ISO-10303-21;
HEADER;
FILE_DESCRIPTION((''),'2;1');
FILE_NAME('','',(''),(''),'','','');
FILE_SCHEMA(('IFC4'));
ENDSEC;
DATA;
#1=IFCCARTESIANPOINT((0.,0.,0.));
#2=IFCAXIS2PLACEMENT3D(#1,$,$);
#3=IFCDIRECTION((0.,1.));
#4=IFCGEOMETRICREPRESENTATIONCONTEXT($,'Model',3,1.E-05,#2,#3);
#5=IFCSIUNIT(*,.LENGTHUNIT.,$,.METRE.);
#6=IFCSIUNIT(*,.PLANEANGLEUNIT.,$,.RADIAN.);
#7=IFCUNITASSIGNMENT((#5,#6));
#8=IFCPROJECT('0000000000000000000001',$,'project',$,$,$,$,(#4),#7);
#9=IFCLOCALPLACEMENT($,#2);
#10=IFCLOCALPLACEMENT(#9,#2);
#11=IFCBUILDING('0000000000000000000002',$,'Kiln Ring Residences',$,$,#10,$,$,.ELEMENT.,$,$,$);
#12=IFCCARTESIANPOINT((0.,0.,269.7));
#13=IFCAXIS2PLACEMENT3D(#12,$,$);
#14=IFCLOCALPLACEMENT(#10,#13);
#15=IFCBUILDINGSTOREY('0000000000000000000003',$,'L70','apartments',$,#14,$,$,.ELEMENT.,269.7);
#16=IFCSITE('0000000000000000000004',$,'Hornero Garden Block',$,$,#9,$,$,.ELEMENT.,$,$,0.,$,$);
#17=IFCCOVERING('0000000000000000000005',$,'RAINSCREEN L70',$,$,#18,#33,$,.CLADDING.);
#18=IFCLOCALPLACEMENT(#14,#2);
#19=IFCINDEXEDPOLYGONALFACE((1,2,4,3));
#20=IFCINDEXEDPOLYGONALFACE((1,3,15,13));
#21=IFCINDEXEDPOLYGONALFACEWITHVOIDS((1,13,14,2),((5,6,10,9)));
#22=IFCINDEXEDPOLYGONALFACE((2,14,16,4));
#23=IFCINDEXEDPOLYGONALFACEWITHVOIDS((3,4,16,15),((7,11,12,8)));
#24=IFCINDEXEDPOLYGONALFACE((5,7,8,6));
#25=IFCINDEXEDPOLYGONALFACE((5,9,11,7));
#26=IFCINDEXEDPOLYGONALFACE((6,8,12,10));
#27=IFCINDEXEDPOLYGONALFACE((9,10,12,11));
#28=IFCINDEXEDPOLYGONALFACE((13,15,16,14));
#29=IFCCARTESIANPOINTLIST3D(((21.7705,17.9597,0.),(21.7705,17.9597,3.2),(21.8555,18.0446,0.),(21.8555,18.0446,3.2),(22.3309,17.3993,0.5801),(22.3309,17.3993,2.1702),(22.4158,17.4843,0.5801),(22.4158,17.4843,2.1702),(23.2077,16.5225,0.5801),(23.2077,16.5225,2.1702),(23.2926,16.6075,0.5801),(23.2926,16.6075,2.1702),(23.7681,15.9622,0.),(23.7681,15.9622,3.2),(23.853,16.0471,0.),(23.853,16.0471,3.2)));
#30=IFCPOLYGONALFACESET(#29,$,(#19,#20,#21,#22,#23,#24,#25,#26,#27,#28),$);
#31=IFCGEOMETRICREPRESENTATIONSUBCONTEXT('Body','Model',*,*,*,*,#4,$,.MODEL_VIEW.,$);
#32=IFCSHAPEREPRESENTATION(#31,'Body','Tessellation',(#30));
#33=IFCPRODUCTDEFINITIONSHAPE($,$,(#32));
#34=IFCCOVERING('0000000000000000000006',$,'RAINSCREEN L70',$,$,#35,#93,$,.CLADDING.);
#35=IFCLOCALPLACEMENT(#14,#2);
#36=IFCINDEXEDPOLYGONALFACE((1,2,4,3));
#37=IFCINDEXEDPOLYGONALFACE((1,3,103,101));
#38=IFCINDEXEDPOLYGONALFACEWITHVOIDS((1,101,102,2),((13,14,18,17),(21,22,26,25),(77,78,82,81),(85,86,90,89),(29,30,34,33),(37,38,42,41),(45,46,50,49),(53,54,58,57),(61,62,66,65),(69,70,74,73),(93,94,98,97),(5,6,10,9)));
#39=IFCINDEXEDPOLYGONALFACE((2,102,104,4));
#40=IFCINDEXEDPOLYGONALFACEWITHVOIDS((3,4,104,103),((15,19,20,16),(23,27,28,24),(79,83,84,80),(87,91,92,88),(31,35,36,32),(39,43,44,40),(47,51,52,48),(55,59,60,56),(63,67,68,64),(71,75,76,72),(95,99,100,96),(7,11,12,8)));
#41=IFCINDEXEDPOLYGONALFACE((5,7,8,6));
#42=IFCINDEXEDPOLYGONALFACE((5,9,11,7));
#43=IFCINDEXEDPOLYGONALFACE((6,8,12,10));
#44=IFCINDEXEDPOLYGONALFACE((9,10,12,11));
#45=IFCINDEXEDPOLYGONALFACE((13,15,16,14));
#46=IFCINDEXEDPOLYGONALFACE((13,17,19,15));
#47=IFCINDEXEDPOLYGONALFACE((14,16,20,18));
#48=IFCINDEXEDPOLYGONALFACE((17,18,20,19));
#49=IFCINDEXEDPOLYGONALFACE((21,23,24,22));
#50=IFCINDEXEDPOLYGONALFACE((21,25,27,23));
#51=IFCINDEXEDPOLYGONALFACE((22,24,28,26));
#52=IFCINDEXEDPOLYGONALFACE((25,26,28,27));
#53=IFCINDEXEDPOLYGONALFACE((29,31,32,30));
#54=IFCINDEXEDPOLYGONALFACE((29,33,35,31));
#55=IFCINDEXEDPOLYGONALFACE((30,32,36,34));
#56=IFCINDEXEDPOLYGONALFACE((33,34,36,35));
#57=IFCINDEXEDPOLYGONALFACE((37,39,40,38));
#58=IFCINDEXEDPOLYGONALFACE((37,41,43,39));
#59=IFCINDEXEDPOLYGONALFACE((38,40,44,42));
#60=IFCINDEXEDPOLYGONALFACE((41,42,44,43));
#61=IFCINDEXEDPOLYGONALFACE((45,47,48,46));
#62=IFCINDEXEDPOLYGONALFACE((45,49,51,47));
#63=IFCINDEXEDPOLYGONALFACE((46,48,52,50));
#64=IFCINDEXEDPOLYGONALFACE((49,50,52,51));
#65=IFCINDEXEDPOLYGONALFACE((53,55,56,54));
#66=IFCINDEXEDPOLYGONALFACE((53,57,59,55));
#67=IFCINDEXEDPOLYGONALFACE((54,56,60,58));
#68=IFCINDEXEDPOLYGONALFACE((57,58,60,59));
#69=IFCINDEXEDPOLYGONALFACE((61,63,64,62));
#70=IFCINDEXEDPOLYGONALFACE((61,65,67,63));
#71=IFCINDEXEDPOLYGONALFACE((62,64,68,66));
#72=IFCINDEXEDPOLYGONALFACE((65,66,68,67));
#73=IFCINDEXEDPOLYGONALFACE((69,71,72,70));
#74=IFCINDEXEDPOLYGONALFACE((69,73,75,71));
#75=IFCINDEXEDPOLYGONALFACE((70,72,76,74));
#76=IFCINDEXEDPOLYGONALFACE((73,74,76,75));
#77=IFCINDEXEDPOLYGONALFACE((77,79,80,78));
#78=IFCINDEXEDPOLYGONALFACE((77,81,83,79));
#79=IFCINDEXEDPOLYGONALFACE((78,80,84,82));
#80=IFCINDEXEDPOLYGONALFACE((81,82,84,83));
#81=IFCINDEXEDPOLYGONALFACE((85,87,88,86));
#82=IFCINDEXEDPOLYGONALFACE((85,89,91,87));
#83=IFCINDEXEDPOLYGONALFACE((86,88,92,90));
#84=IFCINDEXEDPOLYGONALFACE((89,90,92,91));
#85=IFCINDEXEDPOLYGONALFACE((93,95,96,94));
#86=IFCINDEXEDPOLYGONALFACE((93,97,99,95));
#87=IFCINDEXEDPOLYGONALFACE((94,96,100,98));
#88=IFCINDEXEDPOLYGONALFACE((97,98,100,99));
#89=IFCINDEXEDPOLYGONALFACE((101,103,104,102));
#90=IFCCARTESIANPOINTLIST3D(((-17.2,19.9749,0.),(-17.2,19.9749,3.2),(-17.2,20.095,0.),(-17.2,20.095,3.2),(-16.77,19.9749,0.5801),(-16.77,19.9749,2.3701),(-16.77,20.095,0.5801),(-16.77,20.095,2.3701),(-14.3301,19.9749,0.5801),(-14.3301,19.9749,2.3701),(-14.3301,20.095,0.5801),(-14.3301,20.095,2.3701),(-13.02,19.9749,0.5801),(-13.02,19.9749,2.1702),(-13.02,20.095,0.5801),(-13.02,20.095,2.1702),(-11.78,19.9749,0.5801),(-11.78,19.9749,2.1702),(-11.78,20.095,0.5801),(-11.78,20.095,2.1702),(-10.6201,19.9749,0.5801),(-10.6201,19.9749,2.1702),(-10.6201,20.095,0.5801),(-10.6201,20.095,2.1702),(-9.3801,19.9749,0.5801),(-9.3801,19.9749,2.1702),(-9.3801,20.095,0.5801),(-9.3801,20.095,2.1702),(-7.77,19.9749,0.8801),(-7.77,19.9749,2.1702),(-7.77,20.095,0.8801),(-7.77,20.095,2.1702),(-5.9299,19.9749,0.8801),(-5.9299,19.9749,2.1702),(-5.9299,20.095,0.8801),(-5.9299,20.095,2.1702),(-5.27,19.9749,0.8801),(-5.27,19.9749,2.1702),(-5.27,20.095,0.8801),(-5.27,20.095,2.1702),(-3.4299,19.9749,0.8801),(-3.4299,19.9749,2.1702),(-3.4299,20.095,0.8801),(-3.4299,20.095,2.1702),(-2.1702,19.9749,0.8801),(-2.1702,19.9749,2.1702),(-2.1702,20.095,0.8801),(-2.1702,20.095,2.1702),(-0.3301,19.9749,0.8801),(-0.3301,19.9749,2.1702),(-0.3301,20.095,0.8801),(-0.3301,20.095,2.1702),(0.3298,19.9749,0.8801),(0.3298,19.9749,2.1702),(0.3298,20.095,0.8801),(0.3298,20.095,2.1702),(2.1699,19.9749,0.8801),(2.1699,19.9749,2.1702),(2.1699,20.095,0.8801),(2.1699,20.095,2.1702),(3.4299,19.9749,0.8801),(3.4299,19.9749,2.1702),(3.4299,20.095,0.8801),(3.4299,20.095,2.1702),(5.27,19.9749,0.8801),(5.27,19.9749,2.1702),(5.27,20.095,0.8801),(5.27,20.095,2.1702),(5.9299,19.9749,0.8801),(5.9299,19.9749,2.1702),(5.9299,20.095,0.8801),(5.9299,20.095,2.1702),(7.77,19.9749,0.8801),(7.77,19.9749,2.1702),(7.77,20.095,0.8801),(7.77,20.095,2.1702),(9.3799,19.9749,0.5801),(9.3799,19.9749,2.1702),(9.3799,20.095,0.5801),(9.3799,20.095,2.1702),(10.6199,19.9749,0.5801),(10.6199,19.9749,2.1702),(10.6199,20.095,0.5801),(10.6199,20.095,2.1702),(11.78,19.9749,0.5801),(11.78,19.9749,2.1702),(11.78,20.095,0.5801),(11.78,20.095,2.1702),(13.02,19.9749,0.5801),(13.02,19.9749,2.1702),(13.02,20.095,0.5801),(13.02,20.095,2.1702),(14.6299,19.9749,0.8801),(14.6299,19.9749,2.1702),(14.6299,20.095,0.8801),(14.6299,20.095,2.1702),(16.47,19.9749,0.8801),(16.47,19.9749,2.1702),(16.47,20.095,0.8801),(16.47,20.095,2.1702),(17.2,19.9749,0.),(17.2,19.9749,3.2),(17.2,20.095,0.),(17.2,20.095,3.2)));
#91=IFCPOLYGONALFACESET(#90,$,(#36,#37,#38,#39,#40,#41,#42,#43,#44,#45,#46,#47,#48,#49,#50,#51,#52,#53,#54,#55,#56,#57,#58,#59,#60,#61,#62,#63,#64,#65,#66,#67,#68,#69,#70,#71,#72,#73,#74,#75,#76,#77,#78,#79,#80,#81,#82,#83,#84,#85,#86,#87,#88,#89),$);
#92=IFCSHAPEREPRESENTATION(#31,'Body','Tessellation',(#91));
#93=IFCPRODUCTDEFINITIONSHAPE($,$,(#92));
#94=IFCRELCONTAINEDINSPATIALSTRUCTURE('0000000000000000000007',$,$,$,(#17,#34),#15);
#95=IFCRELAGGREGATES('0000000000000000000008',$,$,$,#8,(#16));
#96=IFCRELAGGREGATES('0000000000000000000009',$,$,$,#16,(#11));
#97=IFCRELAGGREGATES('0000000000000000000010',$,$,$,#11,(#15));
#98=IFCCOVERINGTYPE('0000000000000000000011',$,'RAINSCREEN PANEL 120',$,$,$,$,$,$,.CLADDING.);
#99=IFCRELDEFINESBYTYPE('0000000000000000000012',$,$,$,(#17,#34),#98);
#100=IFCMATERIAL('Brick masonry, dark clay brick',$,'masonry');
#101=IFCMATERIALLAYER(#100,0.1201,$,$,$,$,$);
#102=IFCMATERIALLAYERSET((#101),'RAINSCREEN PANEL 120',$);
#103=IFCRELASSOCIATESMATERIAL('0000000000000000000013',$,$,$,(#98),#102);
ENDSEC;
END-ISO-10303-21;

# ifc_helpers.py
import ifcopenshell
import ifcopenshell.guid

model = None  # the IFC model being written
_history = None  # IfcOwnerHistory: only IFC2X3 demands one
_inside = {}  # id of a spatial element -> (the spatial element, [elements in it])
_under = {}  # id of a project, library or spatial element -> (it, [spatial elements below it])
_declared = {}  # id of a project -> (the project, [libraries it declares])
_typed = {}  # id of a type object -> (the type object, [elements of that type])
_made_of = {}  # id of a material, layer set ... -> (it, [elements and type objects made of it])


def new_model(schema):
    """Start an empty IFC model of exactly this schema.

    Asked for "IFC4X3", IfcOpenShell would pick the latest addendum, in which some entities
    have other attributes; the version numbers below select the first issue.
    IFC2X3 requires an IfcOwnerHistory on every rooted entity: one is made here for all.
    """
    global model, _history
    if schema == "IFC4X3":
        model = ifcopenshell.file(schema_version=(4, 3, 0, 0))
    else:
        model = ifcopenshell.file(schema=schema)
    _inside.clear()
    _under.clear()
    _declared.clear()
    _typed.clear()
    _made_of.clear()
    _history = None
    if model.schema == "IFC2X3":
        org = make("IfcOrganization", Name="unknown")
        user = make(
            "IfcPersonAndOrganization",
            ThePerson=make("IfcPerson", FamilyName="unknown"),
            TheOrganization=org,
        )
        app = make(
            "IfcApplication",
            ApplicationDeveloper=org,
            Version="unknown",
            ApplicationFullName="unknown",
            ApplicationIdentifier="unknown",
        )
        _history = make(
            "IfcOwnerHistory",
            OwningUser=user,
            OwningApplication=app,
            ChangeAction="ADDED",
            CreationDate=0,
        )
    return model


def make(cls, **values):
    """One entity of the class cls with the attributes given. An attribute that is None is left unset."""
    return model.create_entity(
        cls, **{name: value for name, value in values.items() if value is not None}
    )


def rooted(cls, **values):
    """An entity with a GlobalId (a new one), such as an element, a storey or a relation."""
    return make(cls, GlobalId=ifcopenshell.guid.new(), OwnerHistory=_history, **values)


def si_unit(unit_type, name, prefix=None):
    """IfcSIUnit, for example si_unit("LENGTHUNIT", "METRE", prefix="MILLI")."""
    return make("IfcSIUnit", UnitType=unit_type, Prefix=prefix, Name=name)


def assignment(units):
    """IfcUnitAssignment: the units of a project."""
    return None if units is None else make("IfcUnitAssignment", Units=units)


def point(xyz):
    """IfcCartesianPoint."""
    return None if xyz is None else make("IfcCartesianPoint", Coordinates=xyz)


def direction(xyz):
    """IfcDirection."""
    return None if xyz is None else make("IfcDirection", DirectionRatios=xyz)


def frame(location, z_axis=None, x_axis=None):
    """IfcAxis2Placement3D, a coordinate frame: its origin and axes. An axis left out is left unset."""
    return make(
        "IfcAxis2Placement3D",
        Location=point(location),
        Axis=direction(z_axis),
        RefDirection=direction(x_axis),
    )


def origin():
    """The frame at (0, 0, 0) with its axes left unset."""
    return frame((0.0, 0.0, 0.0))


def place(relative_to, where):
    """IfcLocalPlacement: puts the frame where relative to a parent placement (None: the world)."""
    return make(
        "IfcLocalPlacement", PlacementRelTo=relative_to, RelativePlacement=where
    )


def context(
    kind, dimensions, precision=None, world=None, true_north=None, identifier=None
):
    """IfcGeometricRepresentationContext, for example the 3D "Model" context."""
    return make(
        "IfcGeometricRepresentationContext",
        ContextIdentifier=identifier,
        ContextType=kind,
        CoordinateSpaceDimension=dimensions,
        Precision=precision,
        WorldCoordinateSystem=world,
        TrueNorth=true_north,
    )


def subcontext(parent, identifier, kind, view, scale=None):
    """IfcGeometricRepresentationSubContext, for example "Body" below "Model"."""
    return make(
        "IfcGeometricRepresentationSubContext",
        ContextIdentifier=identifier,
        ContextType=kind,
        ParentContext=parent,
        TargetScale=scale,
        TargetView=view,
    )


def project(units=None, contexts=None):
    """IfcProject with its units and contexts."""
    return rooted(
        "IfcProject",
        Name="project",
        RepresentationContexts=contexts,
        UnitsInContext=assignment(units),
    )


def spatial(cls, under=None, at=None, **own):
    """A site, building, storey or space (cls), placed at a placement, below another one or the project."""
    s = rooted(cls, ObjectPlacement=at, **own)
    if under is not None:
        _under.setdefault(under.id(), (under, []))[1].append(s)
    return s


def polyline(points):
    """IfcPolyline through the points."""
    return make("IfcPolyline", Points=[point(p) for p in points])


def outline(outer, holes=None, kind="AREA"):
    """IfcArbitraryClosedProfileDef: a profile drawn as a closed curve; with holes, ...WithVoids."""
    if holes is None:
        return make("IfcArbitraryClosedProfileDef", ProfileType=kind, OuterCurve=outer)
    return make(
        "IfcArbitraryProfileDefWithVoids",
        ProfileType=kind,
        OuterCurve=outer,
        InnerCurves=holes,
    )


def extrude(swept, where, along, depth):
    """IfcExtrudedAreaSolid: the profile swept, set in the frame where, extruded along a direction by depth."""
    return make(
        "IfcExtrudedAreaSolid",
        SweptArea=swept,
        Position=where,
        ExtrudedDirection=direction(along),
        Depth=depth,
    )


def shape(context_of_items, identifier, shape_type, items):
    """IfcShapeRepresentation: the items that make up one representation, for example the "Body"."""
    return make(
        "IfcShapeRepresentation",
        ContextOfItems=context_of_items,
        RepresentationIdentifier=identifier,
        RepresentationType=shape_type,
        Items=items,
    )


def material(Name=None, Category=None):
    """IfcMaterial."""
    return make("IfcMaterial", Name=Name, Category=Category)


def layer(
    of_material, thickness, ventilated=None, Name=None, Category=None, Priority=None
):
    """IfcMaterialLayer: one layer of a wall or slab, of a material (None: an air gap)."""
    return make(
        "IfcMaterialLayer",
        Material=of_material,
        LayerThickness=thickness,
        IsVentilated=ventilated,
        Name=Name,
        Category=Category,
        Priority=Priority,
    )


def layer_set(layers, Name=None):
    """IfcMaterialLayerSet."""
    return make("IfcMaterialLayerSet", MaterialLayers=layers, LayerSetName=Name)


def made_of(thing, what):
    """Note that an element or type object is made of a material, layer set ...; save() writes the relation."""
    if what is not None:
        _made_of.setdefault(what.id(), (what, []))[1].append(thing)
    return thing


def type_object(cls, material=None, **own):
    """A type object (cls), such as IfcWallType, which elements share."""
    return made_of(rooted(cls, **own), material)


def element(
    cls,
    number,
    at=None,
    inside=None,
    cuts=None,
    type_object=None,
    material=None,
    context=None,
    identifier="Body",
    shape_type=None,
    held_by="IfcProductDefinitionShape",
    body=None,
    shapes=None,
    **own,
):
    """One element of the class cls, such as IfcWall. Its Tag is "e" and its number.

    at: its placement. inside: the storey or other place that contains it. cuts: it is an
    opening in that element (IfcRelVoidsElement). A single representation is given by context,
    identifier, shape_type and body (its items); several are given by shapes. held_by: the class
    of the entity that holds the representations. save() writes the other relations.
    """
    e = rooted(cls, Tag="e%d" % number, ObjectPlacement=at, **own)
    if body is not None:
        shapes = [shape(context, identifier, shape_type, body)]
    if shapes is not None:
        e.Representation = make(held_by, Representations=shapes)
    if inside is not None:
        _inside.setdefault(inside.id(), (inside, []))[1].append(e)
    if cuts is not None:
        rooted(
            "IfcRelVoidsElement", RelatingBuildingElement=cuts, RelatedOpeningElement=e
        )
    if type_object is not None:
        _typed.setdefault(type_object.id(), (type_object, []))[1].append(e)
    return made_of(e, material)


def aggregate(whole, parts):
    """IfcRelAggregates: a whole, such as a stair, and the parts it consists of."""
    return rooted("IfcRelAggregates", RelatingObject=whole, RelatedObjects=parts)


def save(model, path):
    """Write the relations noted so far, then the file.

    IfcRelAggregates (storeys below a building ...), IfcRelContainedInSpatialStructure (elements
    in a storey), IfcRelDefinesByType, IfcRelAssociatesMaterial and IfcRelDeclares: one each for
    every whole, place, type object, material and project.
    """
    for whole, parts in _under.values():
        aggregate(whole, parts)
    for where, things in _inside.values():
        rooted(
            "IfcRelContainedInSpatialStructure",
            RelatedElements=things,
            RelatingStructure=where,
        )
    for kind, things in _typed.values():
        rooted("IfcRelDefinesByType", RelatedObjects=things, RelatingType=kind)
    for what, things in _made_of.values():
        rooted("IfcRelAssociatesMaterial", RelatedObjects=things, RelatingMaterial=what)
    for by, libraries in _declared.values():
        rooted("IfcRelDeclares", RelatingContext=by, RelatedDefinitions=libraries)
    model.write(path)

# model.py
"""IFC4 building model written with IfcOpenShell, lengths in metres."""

from ifc_helpers import new_model, si_unit, direction, frame, origin, place, context, subcontext, project, spatial, polyline, outline, extrude, material, layer, layer_set, type_object, element, save


model = new_model("IFC4")

# Units and contexts
model_context = context("Model", 3, precision=1e-05, world=origin(), true_north=direction((0.0, 1.0)))
body_context = subcontext(model_context, "Body", "Model", "MODEL_VIEW")
ifc_project = project(units=[si_unit("LENGTHUNIT", "METRE"), si_unit("PLANEANGLEUNIT", "RADIAN")], contexts=[model_context])

# Site, building, storey
site_placement = place(None, origin())
site = spatial("IfcSite", under=ifc_project, at=site_placement, Name="Hornero Garden Block", CompositionType="ELEMENT", RefElevation=0.0)
building_placement = place(site_placement, origin())
building = spatial("IfcBuilding", under=site, at=building_placement, Name="Kiln Ring Residences", CompositionType="ELEMENT")
storey_placement = place(building_placement, frame((0.0, 0.0, 269.7)))
storey = spatial("IfcBuildingStorey", under=building, at=storey_placement, Name="L70", Description="apartments", CompositionType="ELEMENT", Elevation=269.7)

# Coverings
ifc_material_1 = material(Name="Brick masonry, dark clay brick", Category="masonry")
ifc_layer_1 = layer(ifc_material_1, 0.1201)
ifc_layer_set_1 = layer_set([ifc_layer_1], Name="RAINSCREEN PANEL 120")
covering_type = type_object("IfcCoveringType", Name="RAINSCREEN PANEL 120", PredefinedType="CLADDING", material=ifc_layer_set_1)
covering_1_placement = place(storey_placement, frame((23.8105, 16.0046, 0.0), z_axis=(0.0, 0.0, 1.0), x_axis=(-0.707107, 0.707107, 0.0)))
element("IfcCovering", 1, at=covering_1_placement, inside=storey, type_object=covering_type, Name="RAINSCREEN L70", PredefinedType="CLADDING", context=body_context, shape_type="SweptSolid", body=[
    extrude(outline(polyline([(0.0, 0.0), (2.825, 0.0), (2.825, 3.2), (0.0, 3.2), (0.0, 0.0)]), holes=[polyline([(0.7925, 2.1702), (0.7925, 0.5801), (2.0325, 0.5801), (2.0325, 2.1702), (0.7925, 2.1702)])]), frame((0.0, 0.0601, 0.0), z_axis=(0.0, -1.0, 0.0), x_axis=(1.0, 0.0, 0.0)), (0.0, 0.0, 1.0), 0.1201),
])
covering_2_placement = place(storey_placement, frame((17.2, 20.0349, 0.0), z_axis=(0.0, 0.0, 1.0), x_axis=(-1.0, 0.0, 0.0)))
element("IfcCovering", 2, at=covering_2_placement, inside=storey, type_object=covering_type, Name="RAINSCREEN L70", PredefinedType="CLADDING", context=body_context, shape_type="SweptSolid", body=[
    extrude(outline(polyline([(0.0, 0.0), (34.3999, 0.0), (34.3999, 3.2), (0.0, 3.2), (0.0, 0.0)]), holes=[polyline([(4.1799, 0.5801), (5.4199, 0.5801), (5.4199, 2.1702), (4.1799, 2.1702), (4.1799, 0.5801)]), polyline([(6.5801, 2.1702), (6.5801, 0.5801), (7.8201, 0.5801), (7.8201, 2.1702), (6.5801, 2.1702)]), polyline([(0.73, 2.1702), (0.73, 0.8801), (2.5701, 0.8801), (2.5701, 2.1702), (0.73, 2.1702)]), polyline([(9.4299, 0.8801), (11.27, 0.8801), (11.27, 2.1702), (9.4299, 2.1702), (9.4299, 0.8801)]), polyline([(11.9299, 2.1702), (11.9299, 0.8801), (13.77, 0.8801), (13.77, 2.1702), (11.9299, 2.1702)]), polyline([(15.03, 2.1702), (15.03, 0.8801), (16.8701, 0.8801), (16.8701, 2.1702), (15.03, 2.1702)]), polyline([(26.5801, 0.5801), (27.8201, 0.5801), (27.8201, 2.1702), (26.5801, 2.1702), (26.5801, 0.5801)]), polyline([(28.98, 2.1702), (28.98, 0.5801), (30.22, 0.5801), (30.22, 2.1702), (28.98, 2.1702)]), polyline([(31.53, 2.3701), (31.53, 0.5801), (33.97, 0.5801), (33.97, 2.3701), (31.53, 2.3701)]), polyline([(17.53, 0.8801), (19.3701, 0.8801), (19.3701, 2.1702), (17.53, 2.1702), (17.53, 0.8801)]), polyline([(20.6299, 2.1702), (20.6299, 0.8801), (22.47, 0.8801), (22.47, 2.1702), (20.6299, 2.1702)]), polyline([(23.1299, 2.1702), (23.1299, 0.8801), (24.97, 0.8801), (24.97, 2.1702), (23.1299, 2.1702)])]), frame((0.0, 0.0601, 0.0), z_axis=(0.0, -1.0, 0.0), x_axis=(1.0, 0.0, 0.0)), (0.0, 0.0, 1.0), 0.1201),
])

save(model, "model.ifc")
